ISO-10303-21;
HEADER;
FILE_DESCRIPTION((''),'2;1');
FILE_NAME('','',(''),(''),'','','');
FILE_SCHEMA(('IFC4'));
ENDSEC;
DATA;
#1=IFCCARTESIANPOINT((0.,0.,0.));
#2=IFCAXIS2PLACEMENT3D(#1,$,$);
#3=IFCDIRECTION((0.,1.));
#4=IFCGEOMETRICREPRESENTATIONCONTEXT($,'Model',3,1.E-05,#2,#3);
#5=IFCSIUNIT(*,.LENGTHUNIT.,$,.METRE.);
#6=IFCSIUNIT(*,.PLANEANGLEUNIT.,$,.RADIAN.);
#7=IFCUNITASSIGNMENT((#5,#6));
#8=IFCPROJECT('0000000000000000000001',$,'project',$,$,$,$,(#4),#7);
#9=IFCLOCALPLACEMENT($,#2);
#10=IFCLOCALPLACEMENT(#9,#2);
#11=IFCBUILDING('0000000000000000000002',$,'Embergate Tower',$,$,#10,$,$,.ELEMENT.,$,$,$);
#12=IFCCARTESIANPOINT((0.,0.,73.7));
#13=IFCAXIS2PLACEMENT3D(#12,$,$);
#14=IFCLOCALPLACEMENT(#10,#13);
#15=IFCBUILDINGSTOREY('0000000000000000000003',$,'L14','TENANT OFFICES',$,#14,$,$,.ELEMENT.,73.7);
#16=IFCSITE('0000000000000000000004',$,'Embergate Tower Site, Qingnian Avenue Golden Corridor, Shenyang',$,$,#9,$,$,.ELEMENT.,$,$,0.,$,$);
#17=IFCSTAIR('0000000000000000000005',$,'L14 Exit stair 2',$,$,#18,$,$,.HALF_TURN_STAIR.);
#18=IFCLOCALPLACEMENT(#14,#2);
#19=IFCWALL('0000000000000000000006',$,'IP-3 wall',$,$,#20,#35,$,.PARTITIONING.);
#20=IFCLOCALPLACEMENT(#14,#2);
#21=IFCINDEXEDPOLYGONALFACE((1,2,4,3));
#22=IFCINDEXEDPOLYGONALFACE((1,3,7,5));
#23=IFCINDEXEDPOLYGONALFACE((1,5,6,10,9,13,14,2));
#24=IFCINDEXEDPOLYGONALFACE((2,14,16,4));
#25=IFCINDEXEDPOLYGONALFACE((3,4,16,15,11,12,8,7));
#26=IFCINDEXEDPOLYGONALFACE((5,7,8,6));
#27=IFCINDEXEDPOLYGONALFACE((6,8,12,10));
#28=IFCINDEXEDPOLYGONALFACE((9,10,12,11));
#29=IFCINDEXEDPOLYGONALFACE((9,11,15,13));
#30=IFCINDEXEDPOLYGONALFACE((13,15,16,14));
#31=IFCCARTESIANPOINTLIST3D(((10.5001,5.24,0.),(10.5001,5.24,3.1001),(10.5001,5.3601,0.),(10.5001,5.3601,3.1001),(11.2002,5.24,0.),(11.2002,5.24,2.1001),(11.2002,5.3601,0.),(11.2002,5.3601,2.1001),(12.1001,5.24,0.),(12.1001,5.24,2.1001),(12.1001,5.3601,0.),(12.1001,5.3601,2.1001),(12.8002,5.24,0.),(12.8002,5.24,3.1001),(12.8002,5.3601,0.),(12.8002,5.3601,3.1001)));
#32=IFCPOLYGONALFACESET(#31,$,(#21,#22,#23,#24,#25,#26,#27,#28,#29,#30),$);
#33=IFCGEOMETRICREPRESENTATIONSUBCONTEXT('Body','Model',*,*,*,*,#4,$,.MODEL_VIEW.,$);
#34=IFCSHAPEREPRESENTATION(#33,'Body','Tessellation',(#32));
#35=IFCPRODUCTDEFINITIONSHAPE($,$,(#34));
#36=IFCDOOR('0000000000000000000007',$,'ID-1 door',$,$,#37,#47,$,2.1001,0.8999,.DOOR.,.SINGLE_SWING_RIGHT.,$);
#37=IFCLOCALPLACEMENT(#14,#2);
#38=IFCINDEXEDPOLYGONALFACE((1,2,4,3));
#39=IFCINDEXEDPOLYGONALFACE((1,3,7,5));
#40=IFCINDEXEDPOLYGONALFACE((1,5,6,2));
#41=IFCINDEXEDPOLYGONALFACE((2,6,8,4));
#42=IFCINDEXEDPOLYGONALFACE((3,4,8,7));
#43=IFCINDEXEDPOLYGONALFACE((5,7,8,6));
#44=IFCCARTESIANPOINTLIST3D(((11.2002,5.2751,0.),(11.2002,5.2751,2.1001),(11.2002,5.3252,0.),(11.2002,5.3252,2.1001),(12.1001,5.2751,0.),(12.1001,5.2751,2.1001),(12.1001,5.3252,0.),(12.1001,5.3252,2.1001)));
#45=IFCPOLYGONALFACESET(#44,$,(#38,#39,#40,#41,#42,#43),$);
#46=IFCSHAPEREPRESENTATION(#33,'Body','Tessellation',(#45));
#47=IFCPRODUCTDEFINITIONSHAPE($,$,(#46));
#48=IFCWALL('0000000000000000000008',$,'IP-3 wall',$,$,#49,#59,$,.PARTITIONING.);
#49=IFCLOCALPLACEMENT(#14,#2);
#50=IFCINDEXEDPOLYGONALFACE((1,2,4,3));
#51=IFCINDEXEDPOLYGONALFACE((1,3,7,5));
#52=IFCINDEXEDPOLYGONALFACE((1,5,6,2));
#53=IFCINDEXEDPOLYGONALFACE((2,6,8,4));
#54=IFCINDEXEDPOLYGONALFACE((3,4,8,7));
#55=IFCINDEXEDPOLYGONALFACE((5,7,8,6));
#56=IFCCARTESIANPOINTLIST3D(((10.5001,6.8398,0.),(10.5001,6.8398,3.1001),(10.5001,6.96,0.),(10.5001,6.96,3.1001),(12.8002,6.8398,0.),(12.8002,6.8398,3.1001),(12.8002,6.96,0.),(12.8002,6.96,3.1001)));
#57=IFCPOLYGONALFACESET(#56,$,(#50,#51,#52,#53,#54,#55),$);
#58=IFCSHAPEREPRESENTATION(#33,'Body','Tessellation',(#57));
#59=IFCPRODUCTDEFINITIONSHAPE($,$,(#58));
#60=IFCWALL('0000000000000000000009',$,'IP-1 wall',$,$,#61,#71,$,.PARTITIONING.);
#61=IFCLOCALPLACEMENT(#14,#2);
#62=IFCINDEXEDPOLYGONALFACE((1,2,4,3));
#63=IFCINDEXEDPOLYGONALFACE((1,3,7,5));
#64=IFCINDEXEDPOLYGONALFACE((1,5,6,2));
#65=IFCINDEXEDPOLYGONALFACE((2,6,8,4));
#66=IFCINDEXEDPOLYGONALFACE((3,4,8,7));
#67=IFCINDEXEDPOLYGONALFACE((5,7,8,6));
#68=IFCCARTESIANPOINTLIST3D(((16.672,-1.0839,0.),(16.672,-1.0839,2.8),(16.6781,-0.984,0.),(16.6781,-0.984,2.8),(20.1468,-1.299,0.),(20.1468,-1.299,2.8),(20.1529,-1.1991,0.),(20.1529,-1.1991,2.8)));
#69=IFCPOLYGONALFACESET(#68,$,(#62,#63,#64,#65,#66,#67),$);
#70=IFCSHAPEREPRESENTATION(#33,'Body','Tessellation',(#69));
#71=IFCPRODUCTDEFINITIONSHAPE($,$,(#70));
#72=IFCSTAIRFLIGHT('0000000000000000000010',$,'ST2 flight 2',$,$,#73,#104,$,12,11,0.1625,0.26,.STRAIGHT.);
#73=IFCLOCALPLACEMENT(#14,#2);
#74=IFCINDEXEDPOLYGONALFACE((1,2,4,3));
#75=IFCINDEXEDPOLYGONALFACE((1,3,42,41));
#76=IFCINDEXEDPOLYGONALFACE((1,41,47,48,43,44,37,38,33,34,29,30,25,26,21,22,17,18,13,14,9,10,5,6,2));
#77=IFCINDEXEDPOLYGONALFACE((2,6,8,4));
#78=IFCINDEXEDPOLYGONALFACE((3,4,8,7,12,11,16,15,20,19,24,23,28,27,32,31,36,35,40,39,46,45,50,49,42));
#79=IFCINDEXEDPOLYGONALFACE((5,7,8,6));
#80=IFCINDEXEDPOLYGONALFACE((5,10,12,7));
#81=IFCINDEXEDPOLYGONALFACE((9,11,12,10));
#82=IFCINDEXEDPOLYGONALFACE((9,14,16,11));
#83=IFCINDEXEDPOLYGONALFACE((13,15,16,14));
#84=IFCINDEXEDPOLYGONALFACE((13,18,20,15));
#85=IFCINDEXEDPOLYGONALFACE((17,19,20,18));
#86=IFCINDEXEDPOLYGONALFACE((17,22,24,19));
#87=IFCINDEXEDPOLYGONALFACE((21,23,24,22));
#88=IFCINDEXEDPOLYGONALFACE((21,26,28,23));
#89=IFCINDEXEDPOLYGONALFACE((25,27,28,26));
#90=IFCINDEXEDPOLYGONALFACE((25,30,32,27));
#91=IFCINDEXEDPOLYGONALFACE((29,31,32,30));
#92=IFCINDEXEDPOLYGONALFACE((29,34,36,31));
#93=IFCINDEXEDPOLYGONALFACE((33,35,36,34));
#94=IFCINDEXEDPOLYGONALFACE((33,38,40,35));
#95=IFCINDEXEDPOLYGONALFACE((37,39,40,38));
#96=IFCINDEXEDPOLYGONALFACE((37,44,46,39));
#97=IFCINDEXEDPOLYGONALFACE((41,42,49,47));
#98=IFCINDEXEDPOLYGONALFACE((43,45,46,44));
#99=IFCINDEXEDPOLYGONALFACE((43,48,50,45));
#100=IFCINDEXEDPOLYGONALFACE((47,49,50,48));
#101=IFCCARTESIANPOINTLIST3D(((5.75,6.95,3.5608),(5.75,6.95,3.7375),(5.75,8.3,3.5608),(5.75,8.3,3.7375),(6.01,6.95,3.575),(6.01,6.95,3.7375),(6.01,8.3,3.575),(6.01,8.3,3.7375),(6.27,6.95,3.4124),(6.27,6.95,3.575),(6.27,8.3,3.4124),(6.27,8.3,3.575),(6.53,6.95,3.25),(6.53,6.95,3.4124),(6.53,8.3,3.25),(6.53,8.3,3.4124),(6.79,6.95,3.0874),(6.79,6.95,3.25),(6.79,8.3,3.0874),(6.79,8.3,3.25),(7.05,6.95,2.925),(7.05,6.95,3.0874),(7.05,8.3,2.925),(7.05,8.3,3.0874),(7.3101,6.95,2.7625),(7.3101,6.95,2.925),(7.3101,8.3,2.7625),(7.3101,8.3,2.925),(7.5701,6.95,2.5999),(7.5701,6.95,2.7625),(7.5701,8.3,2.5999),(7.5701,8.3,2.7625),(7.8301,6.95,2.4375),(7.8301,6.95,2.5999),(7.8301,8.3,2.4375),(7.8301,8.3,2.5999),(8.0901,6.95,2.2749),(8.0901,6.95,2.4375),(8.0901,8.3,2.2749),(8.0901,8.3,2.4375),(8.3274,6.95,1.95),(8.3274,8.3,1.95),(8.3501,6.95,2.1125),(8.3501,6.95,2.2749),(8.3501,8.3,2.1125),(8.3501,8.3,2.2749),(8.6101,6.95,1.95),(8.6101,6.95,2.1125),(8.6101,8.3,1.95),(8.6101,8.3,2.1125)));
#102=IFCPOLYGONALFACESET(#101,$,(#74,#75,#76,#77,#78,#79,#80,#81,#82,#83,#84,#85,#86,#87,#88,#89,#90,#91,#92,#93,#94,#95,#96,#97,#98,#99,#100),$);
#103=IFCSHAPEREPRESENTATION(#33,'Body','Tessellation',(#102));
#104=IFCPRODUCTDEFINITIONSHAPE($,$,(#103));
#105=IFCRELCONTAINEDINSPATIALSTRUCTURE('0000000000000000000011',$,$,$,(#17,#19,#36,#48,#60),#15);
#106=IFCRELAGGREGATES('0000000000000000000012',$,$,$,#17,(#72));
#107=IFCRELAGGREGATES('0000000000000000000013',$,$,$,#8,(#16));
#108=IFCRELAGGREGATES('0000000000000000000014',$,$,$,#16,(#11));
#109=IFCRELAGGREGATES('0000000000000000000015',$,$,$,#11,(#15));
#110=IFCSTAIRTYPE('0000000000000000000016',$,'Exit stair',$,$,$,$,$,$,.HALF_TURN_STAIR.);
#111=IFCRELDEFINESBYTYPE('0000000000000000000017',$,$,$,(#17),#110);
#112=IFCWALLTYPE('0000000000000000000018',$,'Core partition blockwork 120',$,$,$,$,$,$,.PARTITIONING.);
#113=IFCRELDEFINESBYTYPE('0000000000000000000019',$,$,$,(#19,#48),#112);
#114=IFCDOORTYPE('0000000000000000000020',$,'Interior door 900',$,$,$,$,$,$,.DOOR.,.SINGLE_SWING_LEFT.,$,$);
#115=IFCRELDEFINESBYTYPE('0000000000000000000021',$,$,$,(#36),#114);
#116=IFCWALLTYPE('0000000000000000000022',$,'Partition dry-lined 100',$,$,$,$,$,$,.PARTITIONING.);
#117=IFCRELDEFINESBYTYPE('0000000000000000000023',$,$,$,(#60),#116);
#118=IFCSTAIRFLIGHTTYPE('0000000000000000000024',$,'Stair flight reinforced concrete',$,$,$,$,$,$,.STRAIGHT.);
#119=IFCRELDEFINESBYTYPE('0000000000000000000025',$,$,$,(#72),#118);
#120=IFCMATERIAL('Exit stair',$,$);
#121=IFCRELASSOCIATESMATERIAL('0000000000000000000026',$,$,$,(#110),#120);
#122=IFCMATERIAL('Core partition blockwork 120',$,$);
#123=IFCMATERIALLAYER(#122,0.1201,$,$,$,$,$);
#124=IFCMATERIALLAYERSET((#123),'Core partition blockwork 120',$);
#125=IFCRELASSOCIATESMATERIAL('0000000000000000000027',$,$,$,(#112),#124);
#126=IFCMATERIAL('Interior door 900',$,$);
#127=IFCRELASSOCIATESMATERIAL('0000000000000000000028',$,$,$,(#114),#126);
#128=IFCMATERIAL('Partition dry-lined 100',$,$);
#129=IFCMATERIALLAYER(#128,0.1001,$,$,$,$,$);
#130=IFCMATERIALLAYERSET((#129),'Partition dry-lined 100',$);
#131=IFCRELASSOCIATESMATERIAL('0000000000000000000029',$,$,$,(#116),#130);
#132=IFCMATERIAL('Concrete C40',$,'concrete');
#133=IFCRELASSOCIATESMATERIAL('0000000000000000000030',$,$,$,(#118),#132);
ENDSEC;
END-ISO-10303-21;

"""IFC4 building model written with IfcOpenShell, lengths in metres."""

from ifc_helpers import new_model, si_unit, direction, frame, frame_2d, origin, place, context, subcontext, project, spatial, polyline, rectangle, outline, extrude, source, transform, mapped, material, layer, layer_set, type_object, element, fill, aggregate, save


model = new_model("IFC4")

# Units and contexts
model_context = context("Model", 3, precision=1e-05, world=origin(), true_north=direction((0.0, 1.0)))
body_context = subcontext(model_context, "Body", "Model", "MODEL_VIEW")
ifc_project = project(units=[si_unit("LENGTHUNIT", "METRE"), si_unit("PLANEANGLEUNIT", "RADIAN")], contexts=[model_context])

# Site, building, storey
site_placement = place(None, origin())
site = spatial("IfcSite", under=ifc_project, at=site_placement, Name="Embergate Tower Site, Qingnian Avenue Golden Corridor, Shenyang", CompositionType="ELEMENT", RefElevation=0.0)
building_placement = place(site_placement, origin())
building = spatial("IfcBuilding", under=site, at=building_placement, Name="Embergate Tower", CompositionType="ELEMENT")
storey_placement = place(building_placement, frame((0.0, 0.0, 73.7)))
storey = spatial("IfcBuildingStorey", under=building, at=storey_placement, Name="L14", Description="TENANT OFFICES", CompositionType="ELEMENT", Elevation=73.7)

# Stair
ifc_material_1 = material(Name="Exit stair")
stair_type = type_object("IfcStairType", Name="Exit stair", PredefinedType="HALF_TURN_STAIR", material=ifc_material_1)
stair_placement = place(storey_placement, origin())
stair = element("IfcStair", 1, at=stair_placement, inside=storey, type_object=stair_type, Name="L14 Exit stair 2", PredefinedType="HALF_TURN_STAIR")
ifc_material_2 = material(Name="Concrete C40", Category="concrete")

# Shared definitions
ifc_material_3 = material(Name="Core partition blockwork 120")
ifc_layer_1 = layer(ifc_material_3, 0.1201)
ifc_layer_set_1 = layer_set([ifc_layer_1], Name="Core partition blockwork 120")
wall_type_1 = type_object("IfcWallType", Name="Core partition blockwork 120", PredefinedType="PARTITIONING", material=ifc_layer_set_1)

# Wall, opening, door
shared_shape_1 = source(origin(), body_context, "Body", "SweptSolid", [
    extrude(rectangle(XDim=2.3, YDim=0.1201, at=frame_2d((1.1499, 0.0))), origin(), (0.0, 0.0, 1.0), 3.1001),
])
shared_shape_2 = source(origin(), body_context, "Body", "SweptSolid", [
    extrude(rectangle(XDim=0.8999, YDim=2.1001, at=frame_2d((0.45, 1.05))), frame((0.0, 0.0701, 0.0), z_axis=(0.0, -1.0, 0.0), x_axis=(1.0, 0.0, 0.0)), (0.0, 0.0, 1.0), 0.1401),
])
ifc_material_4 = material(Name="Interior door 900")
door_type_1 = type_object("IfcDoorType", Name="Interior door 900", OperationType="SINGLE_SWING_LEFT", PredefinedType="DOOR", material=ifc_material_4)
shared_shape_3 = source(origin(), body_context, "Body", "SweptSolid", [
    extrude(rectangle(XDim=0.8999, YDim=2.1001, at=frame_2d((0.45, 1.05))), frame((0.0, 0.0249, 0.0), z_axis=(0.0, -1.0, 0.0), x_axis=(1.0, 0.0, 0.0)), (0.0, 0.0, 1.0), 0.05),
])
wall_1_placement = place(storey_placement, frame((12.8, 5.3, 0.0), z_axis=(0.0, 0.0, 1.0), x_axis=(-1.0, 0.0, 0.0)))
wall_1 = element("IfcWall", 2, at=wall_1_placement, inside=storey, type_object=wall_type_1, Name="IP-3 wall", PredefinedType="PARTITIONING", context=body_context, shape_type="MappedRepresentation", body=[
    mapped(shared_shape_1, transform((0.0, 0.0, 0.0))),
])
opening_1_placement = place(wall_1_placement, frame((0.7, 0.0, 0.0)))
opening_1 = element("IfcOpeningElement", 3, at=opening_1_placement, cuts=wall_1, PredefinedType="OPENING", context=body_context, shape_type="MappedRepresentation", body=[
    mapped(shared_shape_2, transform((0.0, 0.0, 0.0))),
])
door_1_placement = place(opening_1_placement, origin())
door_1 = element("IfcDoor", 4, at=door_1_placement, inside=storey, type_object=door_type_1, Name="ID-1 door", OperationType="SINGLE_SWING_RIGHT", OverallHeight=2.1001, OverallWidth=0.8999, PredefinedType="DOOR", context=body_context, shape_type="MappedRepresentation", body=[
    mapped(shared_shape_3, transform((0.0, 0.0, 0.0))),
])
fill(opening_1, door_1)

# Walls
wall_2_placement = place(storey_placement, frame((12.8, 6.8999, 0.0), z_axis=(0.0, 0.0, 1.0), x_axis=(-1.0, 0.0, 0.0)))
element("IfcWall", 5, at=wall_2_placement, inside=storey, type_object=wall_type_1, Name="IP-3 wall", PredefinedType="PARTITIONING", context=body_context, shape_type="MappedRepresentation", body=[
    mapped(shared_shape_1, transform((0.0, 0.0, 0.0))),
])
ifc_material_5 = material(Name="Partition dry-lined 100")
ifc_layer_2 = layer(ifc_material_5, 0.1001)
ifc_layer_set_2 = layer_set([ifc_layer_2], Name="Partition dry-lined 100")
wall_type_2 = type_object("IfcWallType", Name="Partition dry-lined 100", PredefinedType="PARTITIONING", material=ifc_layer_set_2)
shared_shape_4 = source(origin(), body_context, "Body", "SweptSolid", [
    extrude(rectangle(XDim=3.4814, YDim=0.1001, at=frame_2d((1.7407, 0.0))), origin(), (0.0, 0.0, 1.0), 2.8),
])
wall_3_placement = place(storey_placement, frame((16.675, -1.0339, 0.0), z_axis=(0.0, 0.0, 1.0), x_axis=(0.99809, -0.06178, 0.0)))
element("IfcWall", 6, at=wall_3_placement, inside=storey, type_object=wall_type_2, Name="IP-1 wall", PredefinedType="PARTITIONING", context=body_context, shape_type="MappedRepresentation", body=[
    mapped(shared_shape_4, transform((0.0, 0.0, 0.0))),
])

# Stair flight
stair_flight_type = type_object("IfcStairFlightType", Name="Stair flight reinforced concrete", PredefinedType="STRAIGHT", material=ifc_material_2)
shared_shape_5 = source(origin(), body_context, "Body", "SweptSolid", [
    extrude(outline(polyline([(0.0, 0.0), (0.0, 0.1626), (0.26, 0.1626), (0.26, 0.325), (0.52, 0.325), (0.52, 0.4875), (0.78, 0.4875), (0.78, 0.6499), (1.04, 0.6499), (1.04, 0.8125), (1.3, 0.8125), (1.3, 0.9751), (1.5601, 0.9751), (1.5601, 1.1375), (1.8201, 1.1375), (1.8201, 1.3), (2.0801, 1.3), (2.0801, 1.4624), (2.3401, 1.4624), (2.3401, 1.625), (2.6001, 1.625), (2.6001, 1.7876), (2.8601, 1.7876), (2.8601, 1.95), (2.8601, 1.6108), (0.2827, 0.0), (0.0, 0.0)])), frame((0.0, 0.675, 0.0), z_axis=(0.0, -1.0, 0.0), x_axis=(1.0, 0.0, 0.0)), (0.0, 0.0, 1.0), 1.3501),
])
stair_flight_placement = place(storey_placement, frame((8.6101, 7.625, 1.95), z_axis=(0.0, 0.0, 1.0), x_axis=(-1.0, 0.0, 0.0)))
stair_flight = element("IfcStairFlight", 7, at=stair_flight_placement, type_object=stair_flight_type, Name="ST2 flight 2", NumberOfRisers=12, NumberOfTreads=11, PredefinedType="STRAIGHT", RiserHeight=0.1625, TreadLength=0.26, context=body_context, shape_type="MappedRepresentation", body=[
    mapped(shared_shape_5, transform((0.0, 0.0, 0.0))),
])
aggregate(stair, [stair_flight])

save(model, "model.ifc")
